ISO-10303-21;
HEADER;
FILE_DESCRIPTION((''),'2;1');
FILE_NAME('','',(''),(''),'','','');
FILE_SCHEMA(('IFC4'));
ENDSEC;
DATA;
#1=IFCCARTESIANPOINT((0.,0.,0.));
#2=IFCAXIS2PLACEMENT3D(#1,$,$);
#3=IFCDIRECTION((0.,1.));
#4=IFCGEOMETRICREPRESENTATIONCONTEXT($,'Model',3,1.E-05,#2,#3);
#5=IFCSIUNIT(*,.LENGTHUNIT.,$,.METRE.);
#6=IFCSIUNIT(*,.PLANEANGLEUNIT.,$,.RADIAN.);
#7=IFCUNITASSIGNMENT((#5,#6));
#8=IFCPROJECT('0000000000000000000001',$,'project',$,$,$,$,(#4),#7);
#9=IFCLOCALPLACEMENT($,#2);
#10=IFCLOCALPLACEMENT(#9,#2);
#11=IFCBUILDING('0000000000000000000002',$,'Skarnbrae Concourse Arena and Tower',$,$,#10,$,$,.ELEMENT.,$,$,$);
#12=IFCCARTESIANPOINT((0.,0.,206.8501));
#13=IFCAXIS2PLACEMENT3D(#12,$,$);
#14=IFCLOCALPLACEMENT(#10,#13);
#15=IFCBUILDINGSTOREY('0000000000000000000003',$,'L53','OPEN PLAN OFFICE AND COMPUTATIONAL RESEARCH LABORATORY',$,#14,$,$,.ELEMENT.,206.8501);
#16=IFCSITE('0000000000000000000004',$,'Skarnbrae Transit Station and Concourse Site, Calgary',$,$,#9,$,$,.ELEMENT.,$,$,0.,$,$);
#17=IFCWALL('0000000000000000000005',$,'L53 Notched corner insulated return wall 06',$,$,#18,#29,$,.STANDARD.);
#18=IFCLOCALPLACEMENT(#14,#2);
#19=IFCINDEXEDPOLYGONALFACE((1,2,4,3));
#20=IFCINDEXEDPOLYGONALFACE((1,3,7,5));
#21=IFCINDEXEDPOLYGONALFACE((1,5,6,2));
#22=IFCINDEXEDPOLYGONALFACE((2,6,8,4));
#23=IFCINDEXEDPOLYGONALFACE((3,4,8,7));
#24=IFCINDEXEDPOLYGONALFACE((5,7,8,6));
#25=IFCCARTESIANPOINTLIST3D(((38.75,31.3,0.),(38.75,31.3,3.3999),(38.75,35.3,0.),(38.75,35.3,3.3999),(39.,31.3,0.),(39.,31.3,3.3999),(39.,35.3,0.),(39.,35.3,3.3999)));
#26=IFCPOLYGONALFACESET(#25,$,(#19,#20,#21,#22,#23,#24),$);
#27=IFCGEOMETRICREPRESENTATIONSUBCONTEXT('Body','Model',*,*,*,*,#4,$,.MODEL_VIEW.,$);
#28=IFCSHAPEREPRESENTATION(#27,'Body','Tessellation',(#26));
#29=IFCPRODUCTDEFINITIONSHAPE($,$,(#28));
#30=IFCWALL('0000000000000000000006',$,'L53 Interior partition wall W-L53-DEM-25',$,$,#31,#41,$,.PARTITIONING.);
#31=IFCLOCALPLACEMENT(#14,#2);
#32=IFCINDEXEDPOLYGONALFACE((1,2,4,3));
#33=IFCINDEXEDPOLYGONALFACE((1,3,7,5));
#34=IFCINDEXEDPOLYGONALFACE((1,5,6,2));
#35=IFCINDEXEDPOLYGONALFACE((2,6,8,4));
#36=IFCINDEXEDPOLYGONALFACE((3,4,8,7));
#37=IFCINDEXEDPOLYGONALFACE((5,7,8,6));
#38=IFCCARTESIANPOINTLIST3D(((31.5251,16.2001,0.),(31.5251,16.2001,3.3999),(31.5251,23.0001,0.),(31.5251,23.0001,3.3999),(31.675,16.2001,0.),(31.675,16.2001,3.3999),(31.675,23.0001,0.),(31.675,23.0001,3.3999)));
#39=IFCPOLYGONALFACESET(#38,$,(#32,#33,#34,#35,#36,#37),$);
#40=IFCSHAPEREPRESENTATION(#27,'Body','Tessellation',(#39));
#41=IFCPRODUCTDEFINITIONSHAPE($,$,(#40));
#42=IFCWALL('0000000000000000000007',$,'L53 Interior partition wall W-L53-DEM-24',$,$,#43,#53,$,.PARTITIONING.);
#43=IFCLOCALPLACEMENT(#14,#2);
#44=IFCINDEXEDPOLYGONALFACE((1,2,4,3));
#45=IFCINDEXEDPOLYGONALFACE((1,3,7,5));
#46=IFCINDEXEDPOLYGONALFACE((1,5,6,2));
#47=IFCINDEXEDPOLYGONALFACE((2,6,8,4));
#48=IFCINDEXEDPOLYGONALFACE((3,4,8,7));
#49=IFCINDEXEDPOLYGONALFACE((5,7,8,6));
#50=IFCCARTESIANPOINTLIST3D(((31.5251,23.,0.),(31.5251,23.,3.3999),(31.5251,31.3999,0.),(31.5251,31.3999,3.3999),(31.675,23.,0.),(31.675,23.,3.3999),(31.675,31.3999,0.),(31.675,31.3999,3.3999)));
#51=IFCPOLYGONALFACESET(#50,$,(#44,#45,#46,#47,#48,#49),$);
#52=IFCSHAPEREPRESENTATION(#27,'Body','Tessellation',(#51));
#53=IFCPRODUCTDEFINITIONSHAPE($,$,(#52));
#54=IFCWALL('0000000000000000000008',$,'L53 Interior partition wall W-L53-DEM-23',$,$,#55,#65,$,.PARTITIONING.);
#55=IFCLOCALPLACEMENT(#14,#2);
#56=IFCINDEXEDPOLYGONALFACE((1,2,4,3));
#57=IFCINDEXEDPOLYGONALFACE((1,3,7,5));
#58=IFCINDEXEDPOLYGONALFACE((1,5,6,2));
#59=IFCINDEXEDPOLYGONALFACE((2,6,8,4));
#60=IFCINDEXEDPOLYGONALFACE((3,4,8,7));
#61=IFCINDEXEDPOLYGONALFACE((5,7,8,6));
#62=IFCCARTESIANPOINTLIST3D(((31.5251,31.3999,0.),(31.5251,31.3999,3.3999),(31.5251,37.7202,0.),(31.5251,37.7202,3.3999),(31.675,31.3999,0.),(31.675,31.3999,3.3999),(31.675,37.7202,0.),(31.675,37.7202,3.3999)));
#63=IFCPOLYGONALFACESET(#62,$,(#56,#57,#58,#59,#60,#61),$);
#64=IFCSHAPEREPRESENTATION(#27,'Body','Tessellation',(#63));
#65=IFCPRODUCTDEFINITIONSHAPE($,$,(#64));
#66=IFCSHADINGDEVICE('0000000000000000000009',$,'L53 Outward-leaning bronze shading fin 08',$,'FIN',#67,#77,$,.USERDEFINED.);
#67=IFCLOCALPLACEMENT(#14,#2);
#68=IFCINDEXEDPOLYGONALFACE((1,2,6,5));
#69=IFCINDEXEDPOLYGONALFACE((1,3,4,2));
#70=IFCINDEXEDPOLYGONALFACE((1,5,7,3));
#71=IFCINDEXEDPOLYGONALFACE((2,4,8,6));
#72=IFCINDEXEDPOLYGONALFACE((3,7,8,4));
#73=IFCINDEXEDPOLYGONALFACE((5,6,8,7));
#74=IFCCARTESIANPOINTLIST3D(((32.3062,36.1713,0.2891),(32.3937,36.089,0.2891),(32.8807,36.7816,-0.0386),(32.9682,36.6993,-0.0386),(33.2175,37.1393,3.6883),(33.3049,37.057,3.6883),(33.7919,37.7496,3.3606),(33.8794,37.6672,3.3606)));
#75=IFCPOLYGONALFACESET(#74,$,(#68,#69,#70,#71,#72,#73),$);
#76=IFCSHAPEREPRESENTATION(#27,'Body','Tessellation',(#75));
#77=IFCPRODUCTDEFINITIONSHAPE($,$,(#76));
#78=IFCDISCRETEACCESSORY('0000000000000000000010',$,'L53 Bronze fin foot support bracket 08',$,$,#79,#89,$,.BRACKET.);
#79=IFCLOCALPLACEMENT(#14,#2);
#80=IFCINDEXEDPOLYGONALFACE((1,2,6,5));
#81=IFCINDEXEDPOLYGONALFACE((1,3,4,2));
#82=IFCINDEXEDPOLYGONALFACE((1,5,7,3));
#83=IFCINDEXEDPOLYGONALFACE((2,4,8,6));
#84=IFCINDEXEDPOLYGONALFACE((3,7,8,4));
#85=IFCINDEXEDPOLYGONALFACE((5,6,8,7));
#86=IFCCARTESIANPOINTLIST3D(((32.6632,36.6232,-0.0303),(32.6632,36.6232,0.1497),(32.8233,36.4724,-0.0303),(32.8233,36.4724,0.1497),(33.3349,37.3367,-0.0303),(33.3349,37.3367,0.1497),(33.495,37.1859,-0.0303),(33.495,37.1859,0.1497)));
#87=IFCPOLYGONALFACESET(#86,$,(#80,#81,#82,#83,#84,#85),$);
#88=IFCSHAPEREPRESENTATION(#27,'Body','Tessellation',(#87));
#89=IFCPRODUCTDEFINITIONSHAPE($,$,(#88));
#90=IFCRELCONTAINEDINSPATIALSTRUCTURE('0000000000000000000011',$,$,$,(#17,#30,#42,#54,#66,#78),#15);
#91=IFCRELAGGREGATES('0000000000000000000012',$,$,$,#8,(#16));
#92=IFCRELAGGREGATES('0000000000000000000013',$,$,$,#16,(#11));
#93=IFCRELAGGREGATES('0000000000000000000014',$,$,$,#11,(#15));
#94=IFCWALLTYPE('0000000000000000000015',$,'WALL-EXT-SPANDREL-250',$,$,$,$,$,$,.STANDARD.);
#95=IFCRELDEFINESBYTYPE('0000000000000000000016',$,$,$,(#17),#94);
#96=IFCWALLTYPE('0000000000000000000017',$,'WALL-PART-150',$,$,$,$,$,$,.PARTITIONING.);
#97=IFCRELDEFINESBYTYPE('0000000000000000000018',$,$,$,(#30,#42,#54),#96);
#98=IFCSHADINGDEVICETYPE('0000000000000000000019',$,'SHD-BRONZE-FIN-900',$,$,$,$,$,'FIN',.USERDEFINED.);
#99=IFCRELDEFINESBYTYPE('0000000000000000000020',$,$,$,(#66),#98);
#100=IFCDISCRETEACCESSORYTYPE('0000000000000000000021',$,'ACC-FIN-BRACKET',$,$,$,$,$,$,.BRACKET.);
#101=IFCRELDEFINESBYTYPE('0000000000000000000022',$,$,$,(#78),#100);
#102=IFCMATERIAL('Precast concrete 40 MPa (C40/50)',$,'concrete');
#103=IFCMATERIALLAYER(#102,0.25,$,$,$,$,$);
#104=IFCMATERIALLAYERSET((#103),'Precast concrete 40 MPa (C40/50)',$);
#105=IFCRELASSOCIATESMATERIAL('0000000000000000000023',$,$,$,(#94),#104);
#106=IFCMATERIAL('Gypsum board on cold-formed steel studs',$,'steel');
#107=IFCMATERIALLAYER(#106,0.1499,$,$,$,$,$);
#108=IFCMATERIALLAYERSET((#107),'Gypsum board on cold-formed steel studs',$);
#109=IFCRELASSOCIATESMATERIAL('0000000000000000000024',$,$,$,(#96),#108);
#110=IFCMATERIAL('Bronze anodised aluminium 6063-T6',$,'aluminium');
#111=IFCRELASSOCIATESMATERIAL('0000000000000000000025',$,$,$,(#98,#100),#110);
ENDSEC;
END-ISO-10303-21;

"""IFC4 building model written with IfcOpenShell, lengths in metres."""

from ifc_helpers import new_model, si_unit, direction, frame, frame_2d, origin, origin_2d, place, context, subcontext, project, spatial, rectangle, extrude, source, transform, mapped, material, layer, layer_set, type_object, element, save


model = new_model("IFC4")

# Units and contexts
model_context = context("Model", 3, precision=1e-05, world=origin(), true_north=direction((0.0, 1.0)))
body_context = subcontext(model_context, "Body", "Model", "MODEL_VIEW")
ifc_project = project(units=[si_unit("LENGTHUNIT", "METRE"), si_unit("PLANEANGLEUNIT", "RADIAN")], contexts=[model_context])

# Site, building, storey
site_placement = place(None, origin())
site = spatial("IfcSite", under=ifc_project, at=site_placement, Name="Skarnbrae Transit Station and Concourse Site, Calgary", CompositionType="ELEMENT", RefElevation=0.0)
building_placement = place(site_placement, origin())
building = spatial("IfcBuilding", under=site, at=building_placement, Name="Skarnbrae Concourse Arena and Tower", CompositionType="ELEMENT")
storey_placement = place(building_placement, frame((0.0, 0.0, 206.8501)))
storey = spatial("IfcBuildingStorey", under=building, at=storey_placement, Name="L53", Description="OPEN PLAN OFFICE AND COMPUTATIONAL RESEARCH LABORATORY", CompositionType="ELEMENT", Elevation=206.8501)

# Shared definitions
ifc_material_1 = material(Name="Bronze anodised aluminium 6063-T6", Category="aluminium")

# Walls
ifc_material_2 = material(Name="Precast concrete 40 MPa (C40/50)", Category="concrete")
ifc_layer_1 = layer(ifc_material_2, 0.25)
ifc_layer_set_1 = layer_set([ifc_layer_1], Name="Precast concrete 40 MPa (C40/50)")
wall_type_1 = type_object("IfcWallType", Name="WALL-EXT-SPANDREL-250", PredefinedType="STANDARD", material=ifc_layer_set_1)
shared_shape_1 = source(origin(), body_context, "Body", "SweptSolid", [
    extrude(rectangle(XDim=4.0, YDim=0.25, at=frame_2d((2.0, 0.0))), origin(), (0.0, 0.0, 1.0), 3.3999),
])
for number, where, z_axis, x_axis, name in (
    (1, (38.875, 31.3, 0.0), (0.0, 0.0, 1.0), (0.0, 1.0, 0.0), "L53 Notched corner insulated return wall 06"),
):
    element("IfcWall", number, at=place(storey_placement, frame(where, z_axis=z_axis, x_axis=x_axis)), inside=storey, type_object=wall_type_1, Name=name, PredefinedType="STANDARD", context=body_context, shape_type="MappedRepresentation", body=[
        mapped(shared_shape_1, transform((0.0, 0.0, 0.0))),
    ])
ifc_material_3 = material(Name="Gypsum board on cold-formed steel studs", Category="steel")
ifc_layer_2 = layer(ifc_material_3, 0.1499)
ifc_layer_set_2 = layer_set([ifc_layer_2], Name="Gypsum board on cold-formed steel studs")
wall_type_2 = type_object("IfcWallType", Name="WALL-PART-150", PredefinedType="PARTITIONING", material=ifc_layer_set_2)
shared_shape_2 = source(origin(), body_context, "Body", "SweptSolid", [
    extrude(rectangle(XDim=6.8, YDim=0.1499, at=frame_2d((3.3999, 0.0))), origin(), (0.0, 0.0, 1.0), 3.3999),
])
wall_1_placement = place(storey_placement, frame((31.6001, 23.0, 0.0), z_axis=(0.0, 0.0, 1.0), x_axis=(0.0, -1.0, 0.0)))
element("IfcWall", 2, at=wall_1_placement, inside=storey, type_object=wall_type_2, Name="L53 Interior partition wall W-L53-DEM-25", PredefinedType="PARTITIONING", context=body_context, shape_type="MappedRepresentation", body=[
    mapped(shared_shape_2, transform((0.0, 0.0, 0.0))),
])
shared_shape_3 = source(origin(), body_context, "Body", "SweptSolid", [
    extrude(rectangle(XDim=8.3999, YDim=0.1499, at=frame_2d((4.2, 0.0))), origin(), (0.0, 0.0, 1.0), 3.3999),
])
wall_2_placement = place(storey_placement, frame((31.6001, 31.3999, 0.0), z_axis=(0.0, 0.0, 1.0), x_axis=(0.0, -1.0, 0.0)))
element("IfcWall", 3, at=wall_2_placement, inside=storey, type_object=wall_type_2, Name="L53 Interior partition wall W-L53-DEM-24", PredefinedType="PARTITIONING", context=body_context, shape_type="MappedRepresentation", body=[
    mapped(shared_shape_3, transform((0.0, 0.0, 0.0))),
])
shared_shape_4 = source(origin(), body_context, "Body", "SweptSolid", [
    extrude(rectangle(XDim=6.3203, YDim=0.1499, at=frame_2d((3.1602, 0.0))), origin(), (0.0, 0.0, 1.0), 3.3999),
])
wall_3_placement = place(storey_placement, frame((31.6001, 37.7202, 0.0), z_axis=(0.0, 0.0, 1.0), x_axis=(0.0, -1.0, 0.0)))
element("IfcWall", 4, at=wall_3_placement, inside=storey, type_object=wall_type_2, Name="L53 Interior partition wall W-L53-DEM-23", PredefinedType="PARTITIONING", context=body_context, shape_type="MappedRepresentation", body=[
    mapped(shared_shape_4, transform((0.0, 0.0, 0.0))),
])

# Shading device
shading_device_type = type_object("IfcShadingDeviceType", Name="SHD-BRONZE-FIN-900", ElementType="FIN", PredefinedType="USERDEFINED", material=ifc_material_1)
shared_shape_5 = source(origin(), body_context, "Body", "SweptSolid", [
    extrude(rectangle(XDim=0.1201, YDim=0.8999, at=origin_2d()), origin(), (0.0, 0.0, 1.0), 3.6499),
])
shading_device_placement = place(storey_placement, frame((32.6372, 36.4353, 0.1252), z_axis=(0.249655, 0.265205, 0.93131), x_axis=(0.728132, -0.685437, 0.0)))
element("IfcShadingDevice", 5, at=shading_device_placement, inside=storey, type_object=shading_device_type, Name="L53 Outward-leaning bronze shading fin 08", ObjectType="FIN", PredefinedType="USERDEFINED", context=body_context, shape_type="MappedRepresentation", body=[
    mapped(shared_shape_5, transform((0.0, 0.0, 0.0))),
])

# Discrete accessory
discrete_accessory_type = type_object("IfcDiscreteAccessoryType", Name="ACC-FIN-BRACKET", PredefinedType="BRACKET", material=ifc_material_1)
shared_shape_6 = source(origin(), body_context, "Body", "SweptSolid", [
    extrude(rectangle(XDim=0.22, YDim=0.98, at=origin_2d()), origin(), (0.0, 0.0, 1.0), 0.1799),
])
discrete_accessory_placement = place(storey_placement, frame((33.0791, 36.9045, -0.0303), z_axis=(0.0, 0.0, 1.0), x_axis=(0.728132, -0.685437, 0.0)))
element("IfcDiscreteAccessory", 6, at=discrete_accessory_placement, inside=storey, type_object=discrete_accessory_type, Name="L53 Bronze fin foot support bracket 08", PredefinedType="BRACKET", context=body_context, shape_type="MappedRepresentation", body=[
    mapped(shared_shape_6, transform((0.0, 0.0, 0.0))),
])

save(model, "model.ifc")
